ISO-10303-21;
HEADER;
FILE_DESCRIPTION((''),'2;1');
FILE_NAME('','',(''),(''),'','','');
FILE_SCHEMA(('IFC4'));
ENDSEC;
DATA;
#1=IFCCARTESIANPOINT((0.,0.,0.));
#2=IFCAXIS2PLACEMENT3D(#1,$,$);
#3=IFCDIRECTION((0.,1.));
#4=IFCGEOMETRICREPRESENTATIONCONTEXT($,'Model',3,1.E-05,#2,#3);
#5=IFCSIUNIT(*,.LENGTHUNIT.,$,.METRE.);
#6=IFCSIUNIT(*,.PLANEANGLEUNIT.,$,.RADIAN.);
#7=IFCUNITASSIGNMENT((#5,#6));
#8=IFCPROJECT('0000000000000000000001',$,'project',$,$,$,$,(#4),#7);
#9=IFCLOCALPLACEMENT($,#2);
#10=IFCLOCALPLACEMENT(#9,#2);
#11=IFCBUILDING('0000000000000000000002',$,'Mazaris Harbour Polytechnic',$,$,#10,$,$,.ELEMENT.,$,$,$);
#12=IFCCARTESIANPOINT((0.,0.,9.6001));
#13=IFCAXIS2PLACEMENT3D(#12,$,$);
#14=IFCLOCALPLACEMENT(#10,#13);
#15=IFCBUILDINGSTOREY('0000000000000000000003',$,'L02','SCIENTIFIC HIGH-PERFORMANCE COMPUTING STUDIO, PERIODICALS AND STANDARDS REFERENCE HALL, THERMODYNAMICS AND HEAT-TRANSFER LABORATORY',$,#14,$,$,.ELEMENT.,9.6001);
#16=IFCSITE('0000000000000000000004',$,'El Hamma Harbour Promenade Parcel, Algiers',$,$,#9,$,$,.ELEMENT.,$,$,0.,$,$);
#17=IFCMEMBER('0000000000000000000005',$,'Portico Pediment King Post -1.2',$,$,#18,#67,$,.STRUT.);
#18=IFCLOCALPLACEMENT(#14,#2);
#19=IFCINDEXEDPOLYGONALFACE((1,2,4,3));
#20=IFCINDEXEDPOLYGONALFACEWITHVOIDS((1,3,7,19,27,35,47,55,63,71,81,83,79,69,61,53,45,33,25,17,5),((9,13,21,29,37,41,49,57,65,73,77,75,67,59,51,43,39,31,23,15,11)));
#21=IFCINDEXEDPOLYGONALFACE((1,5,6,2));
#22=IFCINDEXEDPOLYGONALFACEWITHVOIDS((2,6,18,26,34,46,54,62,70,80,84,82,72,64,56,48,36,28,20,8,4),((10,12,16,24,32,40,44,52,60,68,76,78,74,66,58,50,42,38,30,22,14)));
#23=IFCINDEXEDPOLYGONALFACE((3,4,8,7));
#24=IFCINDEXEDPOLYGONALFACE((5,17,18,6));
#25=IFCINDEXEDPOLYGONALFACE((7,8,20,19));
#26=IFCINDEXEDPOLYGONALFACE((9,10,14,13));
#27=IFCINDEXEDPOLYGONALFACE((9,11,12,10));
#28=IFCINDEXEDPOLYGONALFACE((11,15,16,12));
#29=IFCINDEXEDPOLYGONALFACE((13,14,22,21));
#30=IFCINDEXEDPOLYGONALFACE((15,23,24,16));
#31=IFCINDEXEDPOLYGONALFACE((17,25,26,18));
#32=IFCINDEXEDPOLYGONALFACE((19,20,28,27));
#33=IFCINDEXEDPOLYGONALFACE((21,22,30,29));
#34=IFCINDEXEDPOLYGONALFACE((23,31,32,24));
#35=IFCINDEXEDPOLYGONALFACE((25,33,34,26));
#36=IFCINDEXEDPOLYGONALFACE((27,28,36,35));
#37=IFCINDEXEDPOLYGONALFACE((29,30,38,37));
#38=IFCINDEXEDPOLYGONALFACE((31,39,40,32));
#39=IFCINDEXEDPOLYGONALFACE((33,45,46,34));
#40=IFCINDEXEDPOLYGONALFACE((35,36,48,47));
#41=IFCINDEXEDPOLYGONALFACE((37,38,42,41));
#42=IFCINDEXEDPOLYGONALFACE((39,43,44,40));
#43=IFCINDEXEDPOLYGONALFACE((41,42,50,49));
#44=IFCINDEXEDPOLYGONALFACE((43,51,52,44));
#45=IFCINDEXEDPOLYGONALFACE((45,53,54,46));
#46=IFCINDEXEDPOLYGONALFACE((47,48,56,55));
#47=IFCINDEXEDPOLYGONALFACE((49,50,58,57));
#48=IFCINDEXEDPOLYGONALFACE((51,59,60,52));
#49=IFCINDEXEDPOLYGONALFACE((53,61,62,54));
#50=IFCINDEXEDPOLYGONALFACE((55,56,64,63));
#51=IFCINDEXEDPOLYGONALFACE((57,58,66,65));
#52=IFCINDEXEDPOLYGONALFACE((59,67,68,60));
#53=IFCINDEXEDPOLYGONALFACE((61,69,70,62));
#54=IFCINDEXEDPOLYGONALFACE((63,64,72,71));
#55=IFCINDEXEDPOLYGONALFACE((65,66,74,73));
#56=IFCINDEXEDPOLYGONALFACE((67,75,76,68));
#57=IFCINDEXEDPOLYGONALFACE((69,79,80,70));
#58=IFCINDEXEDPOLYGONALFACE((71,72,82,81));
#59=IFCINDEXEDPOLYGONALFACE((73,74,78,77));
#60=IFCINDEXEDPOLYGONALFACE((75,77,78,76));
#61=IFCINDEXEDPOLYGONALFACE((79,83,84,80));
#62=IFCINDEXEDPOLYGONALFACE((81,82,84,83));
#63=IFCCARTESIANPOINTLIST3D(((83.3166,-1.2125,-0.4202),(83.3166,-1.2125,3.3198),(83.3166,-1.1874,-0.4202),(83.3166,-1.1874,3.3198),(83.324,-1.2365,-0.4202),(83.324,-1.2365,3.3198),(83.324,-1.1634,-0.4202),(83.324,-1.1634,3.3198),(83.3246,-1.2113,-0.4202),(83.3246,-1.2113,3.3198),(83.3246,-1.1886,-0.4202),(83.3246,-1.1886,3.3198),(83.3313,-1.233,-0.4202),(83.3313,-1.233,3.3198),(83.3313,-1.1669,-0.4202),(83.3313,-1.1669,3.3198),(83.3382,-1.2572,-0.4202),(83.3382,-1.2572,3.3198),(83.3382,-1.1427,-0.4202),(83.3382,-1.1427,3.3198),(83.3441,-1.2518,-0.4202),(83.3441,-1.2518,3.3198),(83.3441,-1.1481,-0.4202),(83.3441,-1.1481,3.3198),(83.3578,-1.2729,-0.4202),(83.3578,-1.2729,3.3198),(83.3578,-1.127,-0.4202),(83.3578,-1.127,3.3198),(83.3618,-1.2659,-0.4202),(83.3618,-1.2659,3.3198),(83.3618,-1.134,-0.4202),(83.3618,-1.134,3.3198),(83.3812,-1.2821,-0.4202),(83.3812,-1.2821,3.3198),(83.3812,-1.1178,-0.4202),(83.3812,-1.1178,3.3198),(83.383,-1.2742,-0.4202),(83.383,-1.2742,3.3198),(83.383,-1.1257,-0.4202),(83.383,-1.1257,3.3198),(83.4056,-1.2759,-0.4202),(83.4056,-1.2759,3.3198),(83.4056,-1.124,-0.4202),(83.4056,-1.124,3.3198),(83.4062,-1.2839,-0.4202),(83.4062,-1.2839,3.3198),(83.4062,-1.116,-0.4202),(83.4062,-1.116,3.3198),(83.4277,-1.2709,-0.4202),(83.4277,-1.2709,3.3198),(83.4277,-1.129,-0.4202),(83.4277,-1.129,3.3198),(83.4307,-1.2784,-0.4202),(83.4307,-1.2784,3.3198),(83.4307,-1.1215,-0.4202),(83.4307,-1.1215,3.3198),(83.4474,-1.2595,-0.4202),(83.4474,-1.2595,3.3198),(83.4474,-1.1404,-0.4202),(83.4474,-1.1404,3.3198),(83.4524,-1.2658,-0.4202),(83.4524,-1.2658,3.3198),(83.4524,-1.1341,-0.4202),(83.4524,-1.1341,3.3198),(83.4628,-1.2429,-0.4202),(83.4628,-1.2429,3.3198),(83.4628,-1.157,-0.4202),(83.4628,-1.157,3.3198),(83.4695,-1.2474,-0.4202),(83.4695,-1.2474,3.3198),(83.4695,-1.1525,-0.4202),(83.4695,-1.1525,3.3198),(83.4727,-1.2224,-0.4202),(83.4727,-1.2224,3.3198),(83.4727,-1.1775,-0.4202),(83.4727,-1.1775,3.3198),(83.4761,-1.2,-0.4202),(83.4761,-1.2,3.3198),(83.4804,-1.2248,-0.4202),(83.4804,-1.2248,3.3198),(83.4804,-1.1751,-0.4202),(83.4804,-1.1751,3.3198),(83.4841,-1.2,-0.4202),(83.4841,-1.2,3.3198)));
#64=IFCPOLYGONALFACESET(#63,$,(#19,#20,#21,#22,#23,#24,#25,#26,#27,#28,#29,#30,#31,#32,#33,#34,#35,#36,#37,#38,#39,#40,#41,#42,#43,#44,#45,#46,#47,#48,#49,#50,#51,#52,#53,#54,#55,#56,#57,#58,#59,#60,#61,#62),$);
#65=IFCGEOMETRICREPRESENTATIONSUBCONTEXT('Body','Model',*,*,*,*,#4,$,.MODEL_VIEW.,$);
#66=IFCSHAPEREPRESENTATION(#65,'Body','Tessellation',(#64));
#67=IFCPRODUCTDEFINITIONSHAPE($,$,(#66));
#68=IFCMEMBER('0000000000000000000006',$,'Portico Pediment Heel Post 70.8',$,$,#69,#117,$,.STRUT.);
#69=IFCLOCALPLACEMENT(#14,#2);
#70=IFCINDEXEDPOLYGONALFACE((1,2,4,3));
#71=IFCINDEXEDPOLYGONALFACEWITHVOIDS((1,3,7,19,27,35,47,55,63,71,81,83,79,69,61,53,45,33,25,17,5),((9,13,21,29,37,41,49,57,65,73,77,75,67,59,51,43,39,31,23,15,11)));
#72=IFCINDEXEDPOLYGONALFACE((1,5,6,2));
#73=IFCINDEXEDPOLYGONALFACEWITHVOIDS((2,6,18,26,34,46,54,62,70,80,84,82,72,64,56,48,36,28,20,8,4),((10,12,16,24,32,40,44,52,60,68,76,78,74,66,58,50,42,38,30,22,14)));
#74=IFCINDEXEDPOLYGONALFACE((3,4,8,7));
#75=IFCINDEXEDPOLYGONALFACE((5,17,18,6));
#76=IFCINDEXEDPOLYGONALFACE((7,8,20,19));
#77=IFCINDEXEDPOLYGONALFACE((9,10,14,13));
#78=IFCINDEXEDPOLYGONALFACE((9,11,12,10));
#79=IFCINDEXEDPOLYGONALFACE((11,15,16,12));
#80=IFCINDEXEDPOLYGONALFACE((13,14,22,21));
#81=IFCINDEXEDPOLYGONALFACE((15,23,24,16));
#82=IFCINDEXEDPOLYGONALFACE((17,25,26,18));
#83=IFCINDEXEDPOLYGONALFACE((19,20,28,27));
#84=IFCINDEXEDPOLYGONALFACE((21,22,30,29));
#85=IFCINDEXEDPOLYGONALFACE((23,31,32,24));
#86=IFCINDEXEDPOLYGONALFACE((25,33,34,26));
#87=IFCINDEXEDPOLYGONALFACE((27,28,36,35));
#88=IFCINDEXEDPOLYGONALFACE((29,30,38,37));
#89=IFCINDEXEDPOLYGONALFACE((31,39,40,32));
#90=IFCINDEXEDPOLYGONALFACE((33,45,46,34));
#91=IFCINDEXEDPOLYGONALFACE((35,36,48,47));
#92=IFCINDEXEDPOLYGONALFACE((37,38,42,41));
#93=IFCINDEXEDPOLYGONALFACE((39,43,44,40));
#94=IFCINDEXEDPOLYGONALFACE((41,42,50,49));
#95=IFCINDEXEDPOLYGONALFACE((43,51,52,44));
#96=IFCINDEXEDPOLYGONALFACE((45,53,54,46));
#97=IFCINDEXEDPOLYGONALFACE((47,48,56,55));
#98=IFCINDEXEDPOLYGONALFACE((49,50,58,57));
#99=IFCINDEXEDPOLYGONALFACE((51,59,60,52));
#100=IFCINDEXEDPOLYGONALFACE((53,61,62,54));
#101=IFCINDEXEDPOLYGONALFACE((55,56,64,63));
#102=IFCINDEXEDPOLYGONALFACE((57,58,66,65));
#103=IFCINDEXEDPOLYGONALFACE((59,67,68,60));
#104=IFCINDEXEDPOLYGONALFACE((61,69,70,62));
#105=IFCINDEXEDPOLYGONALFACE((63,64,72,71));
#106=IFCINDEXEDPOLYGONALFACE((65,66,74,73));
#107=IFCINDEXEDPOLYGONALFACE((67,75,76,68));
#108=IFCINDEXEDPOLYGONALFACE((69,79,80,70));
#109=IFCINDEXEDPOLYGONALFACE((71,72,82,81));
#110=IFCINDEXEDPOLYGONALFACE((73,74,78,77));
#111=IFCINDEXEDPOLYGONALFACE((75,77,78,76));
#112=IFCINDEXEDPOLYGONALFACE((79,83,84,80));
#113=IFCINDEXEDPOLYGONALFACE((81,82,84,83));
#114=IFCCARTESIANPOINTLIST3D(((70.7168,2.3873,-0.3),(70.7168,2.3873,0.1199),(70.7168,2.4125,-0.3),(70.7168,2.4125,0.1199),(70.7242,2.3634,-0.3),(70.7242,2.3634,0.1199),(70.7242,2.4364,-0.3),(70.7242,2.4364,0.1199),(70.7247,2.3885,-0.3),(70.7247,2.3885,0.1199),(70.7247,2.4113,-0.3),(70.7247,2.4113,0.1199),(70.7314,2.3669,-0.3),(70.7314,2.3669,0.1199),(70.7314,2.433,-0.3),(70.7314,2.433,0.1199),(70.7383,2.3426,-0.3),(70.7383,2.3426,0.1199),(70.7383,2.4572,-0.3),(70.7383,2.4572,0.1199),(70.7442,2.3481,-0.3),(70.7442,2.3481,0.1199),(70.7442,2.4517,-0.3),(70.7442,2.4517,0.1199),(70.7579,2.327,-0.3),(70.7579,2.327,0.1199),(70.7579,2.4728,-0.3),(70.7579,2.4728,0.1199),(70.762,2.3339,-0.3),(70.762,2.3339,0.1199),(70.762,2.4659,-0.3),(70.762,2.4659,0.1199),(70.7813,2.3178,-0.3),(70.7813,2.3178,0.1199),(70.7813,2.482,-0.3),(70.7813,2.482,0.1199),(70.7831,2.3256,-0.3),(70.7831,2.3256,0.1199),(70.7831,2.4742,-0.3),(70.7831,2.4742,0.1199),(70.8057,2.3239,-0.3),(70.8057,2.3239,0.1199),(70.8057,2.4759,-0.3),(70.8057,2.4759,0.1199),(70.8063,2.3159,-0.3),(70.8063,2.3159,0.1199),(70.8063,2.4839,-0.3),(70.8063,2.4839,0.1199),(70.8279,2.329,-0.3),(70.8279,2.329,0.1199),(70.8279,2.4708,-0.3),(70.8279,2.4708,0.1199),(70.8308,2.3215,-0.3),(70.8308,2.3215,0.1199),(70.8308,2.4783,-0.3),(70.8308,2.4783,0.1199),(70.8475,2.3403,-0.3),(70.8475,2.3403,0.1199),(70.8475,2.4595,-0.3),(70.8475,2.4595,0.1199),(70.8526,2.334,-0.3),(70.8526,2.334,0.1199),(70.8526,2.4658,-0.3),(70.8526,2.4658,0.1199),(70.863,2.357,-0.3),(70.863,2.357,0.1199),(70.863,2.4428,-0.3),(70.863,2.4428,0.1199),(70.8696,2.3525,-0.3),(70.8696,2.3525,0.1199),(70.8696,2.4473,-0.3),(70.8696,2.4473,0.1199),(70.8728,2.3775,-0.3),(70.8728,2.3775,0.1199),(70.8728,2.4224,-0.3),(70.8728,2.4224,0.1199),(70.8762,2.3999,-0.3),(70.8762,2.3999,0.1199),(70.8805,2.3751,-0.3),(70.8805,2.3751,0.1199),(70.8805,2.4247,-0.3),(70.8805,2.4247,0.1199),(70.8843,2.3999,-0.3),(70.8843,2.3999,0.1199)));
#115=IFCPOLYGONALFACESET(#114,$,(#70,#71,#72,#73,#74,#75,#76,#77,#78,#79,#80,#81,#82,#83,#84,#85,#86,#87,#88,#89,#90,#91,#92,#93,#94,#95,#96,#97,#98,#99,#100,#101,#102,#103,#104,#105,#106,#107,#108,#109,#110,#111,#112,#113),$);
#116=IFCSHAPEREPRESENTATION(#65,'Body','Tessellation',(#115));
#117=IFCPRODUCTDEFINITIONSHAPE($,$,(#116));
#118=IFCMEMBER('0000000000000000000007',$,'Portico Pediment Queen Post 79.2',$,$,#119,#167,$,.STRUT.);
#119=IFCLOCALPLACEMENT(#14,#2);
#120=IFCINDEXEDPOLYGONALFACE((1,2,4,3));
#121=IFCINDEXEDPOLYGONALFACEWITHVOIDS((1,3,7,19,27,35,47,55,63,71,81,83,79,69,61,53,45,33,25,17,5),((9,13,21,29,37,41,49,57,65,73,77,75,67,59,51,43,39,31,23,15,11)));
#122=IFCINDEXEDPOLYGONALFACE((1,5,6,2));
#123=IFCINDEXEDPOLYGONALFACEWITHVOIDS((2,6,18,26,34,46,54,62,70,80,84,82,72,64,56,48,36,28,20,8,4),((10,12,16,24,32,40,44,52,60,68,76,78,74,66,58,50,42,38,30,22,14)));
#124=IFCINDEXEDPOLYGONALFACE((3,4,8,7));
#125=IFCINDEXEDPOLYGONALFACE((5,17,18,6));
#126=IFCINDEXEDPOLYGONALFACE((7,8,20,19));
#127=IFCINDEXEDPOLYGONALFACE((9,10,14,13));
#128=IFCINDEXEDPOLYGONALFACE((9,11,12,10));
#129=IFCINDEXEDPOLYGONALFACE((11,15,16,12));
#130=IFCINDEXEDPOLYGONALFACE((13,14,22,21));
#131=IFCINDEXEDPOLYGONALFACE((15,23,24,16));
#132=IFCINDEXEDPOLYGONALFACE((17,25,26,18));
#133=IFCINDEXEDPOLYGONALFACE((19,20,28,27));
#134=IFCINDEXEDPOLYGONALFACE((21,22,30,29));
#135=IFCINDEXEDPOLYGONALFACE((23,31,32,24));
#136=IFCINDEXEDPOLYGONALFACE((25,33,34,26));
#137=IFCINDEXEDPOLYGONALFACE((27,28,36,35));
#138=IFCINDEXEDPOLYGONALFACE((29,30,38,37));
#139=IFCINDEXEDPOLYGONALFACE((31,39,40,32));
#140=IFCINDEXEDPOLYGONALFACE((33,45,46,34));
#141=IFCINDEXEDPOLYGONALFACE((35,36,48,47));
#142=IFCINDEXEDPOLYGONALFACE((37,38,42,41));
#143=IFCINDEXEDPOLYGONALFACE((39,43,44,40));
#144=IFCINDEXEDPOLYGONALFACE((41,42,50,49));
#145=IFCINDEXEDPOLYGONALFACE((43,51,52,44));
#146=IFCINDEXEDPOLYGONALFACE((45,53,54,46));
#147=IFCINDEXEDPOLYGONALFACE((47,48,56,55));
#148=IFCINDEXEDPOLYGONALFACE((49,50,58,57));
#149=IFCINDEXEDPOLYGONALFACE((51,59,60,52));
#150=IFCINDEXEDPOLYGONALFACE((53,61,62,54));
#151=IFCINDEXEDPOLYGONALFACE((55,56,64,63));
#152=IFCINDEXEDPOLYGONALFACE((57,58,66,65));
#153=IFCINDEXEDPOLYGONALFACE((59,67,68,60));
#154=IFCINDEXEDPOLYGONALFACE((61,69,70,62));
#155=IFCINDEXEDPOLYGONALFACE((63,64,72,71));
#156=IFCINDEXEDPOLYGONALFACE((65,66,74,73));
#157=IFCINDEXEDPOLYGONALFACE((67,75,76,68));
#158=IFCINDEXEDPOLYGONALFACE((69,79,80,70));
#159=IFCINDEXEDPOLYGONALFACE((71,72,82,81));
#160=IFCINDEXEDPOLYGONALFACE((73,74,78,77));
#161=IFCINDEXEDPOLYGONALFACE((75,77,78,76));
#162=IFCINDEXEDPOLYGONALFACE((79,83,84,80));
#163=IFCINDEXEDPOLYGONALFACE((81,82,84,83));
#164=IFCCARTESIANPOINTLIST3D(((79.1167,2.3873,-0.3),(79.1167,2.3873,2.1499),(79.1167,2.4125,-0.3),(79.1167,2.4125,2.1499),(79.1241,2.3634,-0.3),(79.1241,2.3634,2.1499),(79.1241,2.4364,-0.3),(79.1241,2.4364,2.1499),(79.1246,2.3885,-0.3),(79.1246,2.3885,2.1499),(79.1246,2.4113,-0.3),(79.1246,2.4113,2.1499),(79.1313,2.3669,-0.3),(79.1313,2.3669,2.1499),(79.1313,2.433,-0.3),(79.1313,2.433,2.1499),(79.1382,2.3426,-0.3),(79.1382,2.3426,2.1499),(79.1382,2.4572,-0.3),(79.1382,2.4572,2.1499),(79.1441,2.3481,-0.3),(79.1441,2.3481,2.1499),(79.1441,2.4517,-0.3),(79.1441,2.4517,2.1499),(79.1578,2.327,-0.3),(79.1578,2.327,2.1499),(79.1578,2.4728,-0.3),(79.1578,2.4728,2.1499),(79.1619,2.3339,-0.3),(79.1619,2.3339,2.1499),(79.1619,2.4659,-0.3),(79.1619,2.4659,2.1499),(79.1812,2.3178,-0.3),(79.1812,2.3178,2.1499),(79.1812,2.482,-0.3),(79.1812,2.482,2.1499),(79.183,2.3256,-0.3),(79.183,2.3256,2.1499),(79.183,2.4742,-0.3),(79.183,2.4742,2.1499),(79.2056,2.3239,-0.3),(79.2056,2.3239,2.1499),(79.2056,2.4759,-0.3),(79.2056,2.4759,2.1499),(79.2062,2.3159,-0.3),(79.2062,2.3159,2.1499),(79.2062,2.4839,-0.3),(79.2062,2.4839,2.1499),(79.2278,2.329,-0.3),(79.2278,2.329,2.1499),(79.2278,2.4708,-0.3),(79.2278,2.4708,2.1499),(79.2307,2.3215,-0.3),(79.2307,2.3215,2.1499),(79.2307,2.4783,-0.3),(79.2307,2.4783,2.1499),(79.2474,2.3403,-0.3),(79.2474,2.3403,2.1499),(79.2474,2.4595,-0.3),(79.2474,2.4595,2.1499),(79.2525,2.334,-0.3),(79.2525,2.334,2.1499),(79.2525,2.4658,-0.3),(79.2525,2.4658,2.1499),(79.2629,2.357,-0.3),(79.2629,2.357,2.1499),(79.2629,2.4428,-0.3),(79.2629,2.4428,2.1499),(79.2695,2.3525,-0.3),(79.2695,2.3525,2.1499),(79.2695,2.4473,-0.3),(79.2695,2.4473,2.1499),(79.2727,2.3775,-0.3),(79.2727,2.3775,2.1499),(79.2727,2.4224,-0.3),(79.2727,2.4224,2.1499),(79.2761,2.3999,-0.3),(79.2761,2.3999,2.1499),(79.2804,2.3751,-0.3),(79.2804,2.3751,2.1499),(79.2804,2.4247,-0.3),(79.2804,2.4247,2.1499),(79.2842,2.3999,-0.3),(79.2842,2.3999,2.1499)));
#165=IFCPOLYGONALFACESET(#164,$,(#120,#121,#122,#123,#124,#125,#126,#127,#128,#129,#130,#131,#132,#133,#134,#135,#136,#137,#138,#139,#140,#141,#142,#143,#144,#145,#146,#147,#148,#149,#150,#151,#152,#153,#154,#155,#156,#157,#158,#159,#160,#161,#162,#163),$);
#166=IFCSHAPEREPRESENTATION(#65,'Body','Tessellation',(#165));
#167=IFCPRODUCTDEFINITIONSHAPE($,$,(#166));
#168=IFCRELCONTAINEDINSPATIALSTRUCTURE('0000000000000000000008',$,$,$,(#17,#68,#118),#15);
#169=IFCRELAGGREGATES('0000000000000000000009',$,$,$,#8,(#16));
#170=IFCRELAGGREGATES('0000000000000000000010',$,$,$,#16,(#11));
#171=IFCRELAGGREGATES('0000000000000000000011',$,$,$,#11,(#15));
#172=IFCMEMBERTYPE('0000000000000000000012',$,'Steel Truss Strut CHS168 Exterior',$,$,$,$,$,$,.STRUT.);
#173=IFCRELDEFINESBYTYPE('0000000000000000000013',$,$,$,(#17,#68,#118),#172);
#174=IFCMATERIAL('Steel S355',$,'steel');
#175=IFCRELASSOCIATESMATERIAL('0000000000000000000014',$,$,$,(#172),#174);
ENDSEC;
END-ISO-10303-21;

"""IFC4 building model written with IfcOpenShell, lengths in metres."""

from ifc_helpers import new_model, si_unit, direction, frame, origin, origin_2d, place, context, subcontext, project, spatial, hollow_circle, extrude, material, material_profile, profile_set, type_object, element, save


model = new_model("IFC4")

# Units and contexts
model_context = context("Model", 3, precision=1e-05, world=origin(), true_north=direction((0.0, 1.0)))
body_context = subcontext(model_context, "Body", "Model", "MODEL_VIEW")
ifc_project = project(units=[si_unit("LENGTHUNIT", "METRE"), si_unit("PLANEANGLEUNIT", "RADIAN")], contexts=[model_context])

# Site, building, storey
site_placement = place(None, origin())
site = spatial("IfcSite", under=ifc_project, at=site_placement, Name="El Hamma Harbour Promenade Parcel, Algiers", CompositionType="ELEMENT", RefElevation=0.0)
building_placement = place(site_placement, origin())
building = spatial("IfcBuilding", under=site, at=building_placement, Name="Mazaris Harbour Polytechnic", CompositionType="ELEMENT")
storey_placement = place(building_placement, frame((0.0, 0.0, 9.6001)))
storey = spatial("IfcBuildingStorey", under=building, at=storey_placement, Name="L02", Description="SCIENTIFIC HIGH-PERFORMANCE COMPUTING STUDIO, PERIODICALS AND STANDARDS REFERENCE HALL, THERMODYNAMICS AND HEAT-TRANSFER LABORATORY", CompositionType="ELEMENT", Elevation=9.6001)

# Members
ifc_material_1 = material(Name="Steel S355", Category="steel")
ifc_material_profile_1 = material_profile(ifc_material_1, hollow_circle(Radius=0.0842, WallThickness=0.0081, at=origin_2d()), Name="CHS 168.3x8.0")
ifc_profile_set_1 = profile_set([ifc_material_profile_1], Name="Steel S355")
member_type_1 = type_object("IfcMemberType", Name="Steel Truss Strut CHS168 Exterior", PredefinedType="STRUT", material=ifc_profile_set_1)
member_1_placement = place(storey_placement, frame((83.3999, -1.2, -0.4202), z_axis=(0.0, 0.0, 1.0), x_axis=(1.0, 0.0, 0.0)))
element("IfcMember", 1, at=member_1_placement, inside=storey, type_object=member_type_1, Name="Portico Pediment King Post -1.2", PredefinedType="STRUT", context=body_context, shape_type="SweptSolid", body=[
    extrude(hollow_circle(Radius=0.0842, WallThickness=0.0081, at=origin_2d()), origin(), (0.0, 0.0, 1.0), 3.74),
])
member_2_placement = place(storey_placement, frame((70.8, 2.3999, -0.3), z_axis=(0.0, 0.0, 1.0), x_axis=(1.0, 0.0, 0.0)))
element("IfcMember", 2, at=member_2_placement, inside=storey, type_object=member_type_1, Name="Portico Pediment Heel Post 70.8", PredefinedType="STRUT", context=body_context, shape_type="SweptSolid", body=[
    extrude(hollow_circle(Radius=0.0842, WallThickness=0.0081, at=origin_2d()), origin(), (0.0, 0.0, 1.0), 0.4199),
])
member_3_placement = place(storey_placement, frame((79.2, 2.3999, -0.3), z_axis=(0.0, 0.0, 1.0), x_axis=(1.0, 0.0, 0.0)))
element("IfcMember", 3, at=member_3_placement, inside=storey, type_object=member_type_1, Name="Portico Pediment Queen Post 79.2", PredefinedType="STRUT", context=body_context, shape_type="SweptSolid", body=[
    extrude(hollow_circle(Radius=0.0842, WallThickness=0.0081, at=origin_2d()), origin(), (0.0, 0.0, 1.0), 2.45),
])

save(model, "model.ifc")
